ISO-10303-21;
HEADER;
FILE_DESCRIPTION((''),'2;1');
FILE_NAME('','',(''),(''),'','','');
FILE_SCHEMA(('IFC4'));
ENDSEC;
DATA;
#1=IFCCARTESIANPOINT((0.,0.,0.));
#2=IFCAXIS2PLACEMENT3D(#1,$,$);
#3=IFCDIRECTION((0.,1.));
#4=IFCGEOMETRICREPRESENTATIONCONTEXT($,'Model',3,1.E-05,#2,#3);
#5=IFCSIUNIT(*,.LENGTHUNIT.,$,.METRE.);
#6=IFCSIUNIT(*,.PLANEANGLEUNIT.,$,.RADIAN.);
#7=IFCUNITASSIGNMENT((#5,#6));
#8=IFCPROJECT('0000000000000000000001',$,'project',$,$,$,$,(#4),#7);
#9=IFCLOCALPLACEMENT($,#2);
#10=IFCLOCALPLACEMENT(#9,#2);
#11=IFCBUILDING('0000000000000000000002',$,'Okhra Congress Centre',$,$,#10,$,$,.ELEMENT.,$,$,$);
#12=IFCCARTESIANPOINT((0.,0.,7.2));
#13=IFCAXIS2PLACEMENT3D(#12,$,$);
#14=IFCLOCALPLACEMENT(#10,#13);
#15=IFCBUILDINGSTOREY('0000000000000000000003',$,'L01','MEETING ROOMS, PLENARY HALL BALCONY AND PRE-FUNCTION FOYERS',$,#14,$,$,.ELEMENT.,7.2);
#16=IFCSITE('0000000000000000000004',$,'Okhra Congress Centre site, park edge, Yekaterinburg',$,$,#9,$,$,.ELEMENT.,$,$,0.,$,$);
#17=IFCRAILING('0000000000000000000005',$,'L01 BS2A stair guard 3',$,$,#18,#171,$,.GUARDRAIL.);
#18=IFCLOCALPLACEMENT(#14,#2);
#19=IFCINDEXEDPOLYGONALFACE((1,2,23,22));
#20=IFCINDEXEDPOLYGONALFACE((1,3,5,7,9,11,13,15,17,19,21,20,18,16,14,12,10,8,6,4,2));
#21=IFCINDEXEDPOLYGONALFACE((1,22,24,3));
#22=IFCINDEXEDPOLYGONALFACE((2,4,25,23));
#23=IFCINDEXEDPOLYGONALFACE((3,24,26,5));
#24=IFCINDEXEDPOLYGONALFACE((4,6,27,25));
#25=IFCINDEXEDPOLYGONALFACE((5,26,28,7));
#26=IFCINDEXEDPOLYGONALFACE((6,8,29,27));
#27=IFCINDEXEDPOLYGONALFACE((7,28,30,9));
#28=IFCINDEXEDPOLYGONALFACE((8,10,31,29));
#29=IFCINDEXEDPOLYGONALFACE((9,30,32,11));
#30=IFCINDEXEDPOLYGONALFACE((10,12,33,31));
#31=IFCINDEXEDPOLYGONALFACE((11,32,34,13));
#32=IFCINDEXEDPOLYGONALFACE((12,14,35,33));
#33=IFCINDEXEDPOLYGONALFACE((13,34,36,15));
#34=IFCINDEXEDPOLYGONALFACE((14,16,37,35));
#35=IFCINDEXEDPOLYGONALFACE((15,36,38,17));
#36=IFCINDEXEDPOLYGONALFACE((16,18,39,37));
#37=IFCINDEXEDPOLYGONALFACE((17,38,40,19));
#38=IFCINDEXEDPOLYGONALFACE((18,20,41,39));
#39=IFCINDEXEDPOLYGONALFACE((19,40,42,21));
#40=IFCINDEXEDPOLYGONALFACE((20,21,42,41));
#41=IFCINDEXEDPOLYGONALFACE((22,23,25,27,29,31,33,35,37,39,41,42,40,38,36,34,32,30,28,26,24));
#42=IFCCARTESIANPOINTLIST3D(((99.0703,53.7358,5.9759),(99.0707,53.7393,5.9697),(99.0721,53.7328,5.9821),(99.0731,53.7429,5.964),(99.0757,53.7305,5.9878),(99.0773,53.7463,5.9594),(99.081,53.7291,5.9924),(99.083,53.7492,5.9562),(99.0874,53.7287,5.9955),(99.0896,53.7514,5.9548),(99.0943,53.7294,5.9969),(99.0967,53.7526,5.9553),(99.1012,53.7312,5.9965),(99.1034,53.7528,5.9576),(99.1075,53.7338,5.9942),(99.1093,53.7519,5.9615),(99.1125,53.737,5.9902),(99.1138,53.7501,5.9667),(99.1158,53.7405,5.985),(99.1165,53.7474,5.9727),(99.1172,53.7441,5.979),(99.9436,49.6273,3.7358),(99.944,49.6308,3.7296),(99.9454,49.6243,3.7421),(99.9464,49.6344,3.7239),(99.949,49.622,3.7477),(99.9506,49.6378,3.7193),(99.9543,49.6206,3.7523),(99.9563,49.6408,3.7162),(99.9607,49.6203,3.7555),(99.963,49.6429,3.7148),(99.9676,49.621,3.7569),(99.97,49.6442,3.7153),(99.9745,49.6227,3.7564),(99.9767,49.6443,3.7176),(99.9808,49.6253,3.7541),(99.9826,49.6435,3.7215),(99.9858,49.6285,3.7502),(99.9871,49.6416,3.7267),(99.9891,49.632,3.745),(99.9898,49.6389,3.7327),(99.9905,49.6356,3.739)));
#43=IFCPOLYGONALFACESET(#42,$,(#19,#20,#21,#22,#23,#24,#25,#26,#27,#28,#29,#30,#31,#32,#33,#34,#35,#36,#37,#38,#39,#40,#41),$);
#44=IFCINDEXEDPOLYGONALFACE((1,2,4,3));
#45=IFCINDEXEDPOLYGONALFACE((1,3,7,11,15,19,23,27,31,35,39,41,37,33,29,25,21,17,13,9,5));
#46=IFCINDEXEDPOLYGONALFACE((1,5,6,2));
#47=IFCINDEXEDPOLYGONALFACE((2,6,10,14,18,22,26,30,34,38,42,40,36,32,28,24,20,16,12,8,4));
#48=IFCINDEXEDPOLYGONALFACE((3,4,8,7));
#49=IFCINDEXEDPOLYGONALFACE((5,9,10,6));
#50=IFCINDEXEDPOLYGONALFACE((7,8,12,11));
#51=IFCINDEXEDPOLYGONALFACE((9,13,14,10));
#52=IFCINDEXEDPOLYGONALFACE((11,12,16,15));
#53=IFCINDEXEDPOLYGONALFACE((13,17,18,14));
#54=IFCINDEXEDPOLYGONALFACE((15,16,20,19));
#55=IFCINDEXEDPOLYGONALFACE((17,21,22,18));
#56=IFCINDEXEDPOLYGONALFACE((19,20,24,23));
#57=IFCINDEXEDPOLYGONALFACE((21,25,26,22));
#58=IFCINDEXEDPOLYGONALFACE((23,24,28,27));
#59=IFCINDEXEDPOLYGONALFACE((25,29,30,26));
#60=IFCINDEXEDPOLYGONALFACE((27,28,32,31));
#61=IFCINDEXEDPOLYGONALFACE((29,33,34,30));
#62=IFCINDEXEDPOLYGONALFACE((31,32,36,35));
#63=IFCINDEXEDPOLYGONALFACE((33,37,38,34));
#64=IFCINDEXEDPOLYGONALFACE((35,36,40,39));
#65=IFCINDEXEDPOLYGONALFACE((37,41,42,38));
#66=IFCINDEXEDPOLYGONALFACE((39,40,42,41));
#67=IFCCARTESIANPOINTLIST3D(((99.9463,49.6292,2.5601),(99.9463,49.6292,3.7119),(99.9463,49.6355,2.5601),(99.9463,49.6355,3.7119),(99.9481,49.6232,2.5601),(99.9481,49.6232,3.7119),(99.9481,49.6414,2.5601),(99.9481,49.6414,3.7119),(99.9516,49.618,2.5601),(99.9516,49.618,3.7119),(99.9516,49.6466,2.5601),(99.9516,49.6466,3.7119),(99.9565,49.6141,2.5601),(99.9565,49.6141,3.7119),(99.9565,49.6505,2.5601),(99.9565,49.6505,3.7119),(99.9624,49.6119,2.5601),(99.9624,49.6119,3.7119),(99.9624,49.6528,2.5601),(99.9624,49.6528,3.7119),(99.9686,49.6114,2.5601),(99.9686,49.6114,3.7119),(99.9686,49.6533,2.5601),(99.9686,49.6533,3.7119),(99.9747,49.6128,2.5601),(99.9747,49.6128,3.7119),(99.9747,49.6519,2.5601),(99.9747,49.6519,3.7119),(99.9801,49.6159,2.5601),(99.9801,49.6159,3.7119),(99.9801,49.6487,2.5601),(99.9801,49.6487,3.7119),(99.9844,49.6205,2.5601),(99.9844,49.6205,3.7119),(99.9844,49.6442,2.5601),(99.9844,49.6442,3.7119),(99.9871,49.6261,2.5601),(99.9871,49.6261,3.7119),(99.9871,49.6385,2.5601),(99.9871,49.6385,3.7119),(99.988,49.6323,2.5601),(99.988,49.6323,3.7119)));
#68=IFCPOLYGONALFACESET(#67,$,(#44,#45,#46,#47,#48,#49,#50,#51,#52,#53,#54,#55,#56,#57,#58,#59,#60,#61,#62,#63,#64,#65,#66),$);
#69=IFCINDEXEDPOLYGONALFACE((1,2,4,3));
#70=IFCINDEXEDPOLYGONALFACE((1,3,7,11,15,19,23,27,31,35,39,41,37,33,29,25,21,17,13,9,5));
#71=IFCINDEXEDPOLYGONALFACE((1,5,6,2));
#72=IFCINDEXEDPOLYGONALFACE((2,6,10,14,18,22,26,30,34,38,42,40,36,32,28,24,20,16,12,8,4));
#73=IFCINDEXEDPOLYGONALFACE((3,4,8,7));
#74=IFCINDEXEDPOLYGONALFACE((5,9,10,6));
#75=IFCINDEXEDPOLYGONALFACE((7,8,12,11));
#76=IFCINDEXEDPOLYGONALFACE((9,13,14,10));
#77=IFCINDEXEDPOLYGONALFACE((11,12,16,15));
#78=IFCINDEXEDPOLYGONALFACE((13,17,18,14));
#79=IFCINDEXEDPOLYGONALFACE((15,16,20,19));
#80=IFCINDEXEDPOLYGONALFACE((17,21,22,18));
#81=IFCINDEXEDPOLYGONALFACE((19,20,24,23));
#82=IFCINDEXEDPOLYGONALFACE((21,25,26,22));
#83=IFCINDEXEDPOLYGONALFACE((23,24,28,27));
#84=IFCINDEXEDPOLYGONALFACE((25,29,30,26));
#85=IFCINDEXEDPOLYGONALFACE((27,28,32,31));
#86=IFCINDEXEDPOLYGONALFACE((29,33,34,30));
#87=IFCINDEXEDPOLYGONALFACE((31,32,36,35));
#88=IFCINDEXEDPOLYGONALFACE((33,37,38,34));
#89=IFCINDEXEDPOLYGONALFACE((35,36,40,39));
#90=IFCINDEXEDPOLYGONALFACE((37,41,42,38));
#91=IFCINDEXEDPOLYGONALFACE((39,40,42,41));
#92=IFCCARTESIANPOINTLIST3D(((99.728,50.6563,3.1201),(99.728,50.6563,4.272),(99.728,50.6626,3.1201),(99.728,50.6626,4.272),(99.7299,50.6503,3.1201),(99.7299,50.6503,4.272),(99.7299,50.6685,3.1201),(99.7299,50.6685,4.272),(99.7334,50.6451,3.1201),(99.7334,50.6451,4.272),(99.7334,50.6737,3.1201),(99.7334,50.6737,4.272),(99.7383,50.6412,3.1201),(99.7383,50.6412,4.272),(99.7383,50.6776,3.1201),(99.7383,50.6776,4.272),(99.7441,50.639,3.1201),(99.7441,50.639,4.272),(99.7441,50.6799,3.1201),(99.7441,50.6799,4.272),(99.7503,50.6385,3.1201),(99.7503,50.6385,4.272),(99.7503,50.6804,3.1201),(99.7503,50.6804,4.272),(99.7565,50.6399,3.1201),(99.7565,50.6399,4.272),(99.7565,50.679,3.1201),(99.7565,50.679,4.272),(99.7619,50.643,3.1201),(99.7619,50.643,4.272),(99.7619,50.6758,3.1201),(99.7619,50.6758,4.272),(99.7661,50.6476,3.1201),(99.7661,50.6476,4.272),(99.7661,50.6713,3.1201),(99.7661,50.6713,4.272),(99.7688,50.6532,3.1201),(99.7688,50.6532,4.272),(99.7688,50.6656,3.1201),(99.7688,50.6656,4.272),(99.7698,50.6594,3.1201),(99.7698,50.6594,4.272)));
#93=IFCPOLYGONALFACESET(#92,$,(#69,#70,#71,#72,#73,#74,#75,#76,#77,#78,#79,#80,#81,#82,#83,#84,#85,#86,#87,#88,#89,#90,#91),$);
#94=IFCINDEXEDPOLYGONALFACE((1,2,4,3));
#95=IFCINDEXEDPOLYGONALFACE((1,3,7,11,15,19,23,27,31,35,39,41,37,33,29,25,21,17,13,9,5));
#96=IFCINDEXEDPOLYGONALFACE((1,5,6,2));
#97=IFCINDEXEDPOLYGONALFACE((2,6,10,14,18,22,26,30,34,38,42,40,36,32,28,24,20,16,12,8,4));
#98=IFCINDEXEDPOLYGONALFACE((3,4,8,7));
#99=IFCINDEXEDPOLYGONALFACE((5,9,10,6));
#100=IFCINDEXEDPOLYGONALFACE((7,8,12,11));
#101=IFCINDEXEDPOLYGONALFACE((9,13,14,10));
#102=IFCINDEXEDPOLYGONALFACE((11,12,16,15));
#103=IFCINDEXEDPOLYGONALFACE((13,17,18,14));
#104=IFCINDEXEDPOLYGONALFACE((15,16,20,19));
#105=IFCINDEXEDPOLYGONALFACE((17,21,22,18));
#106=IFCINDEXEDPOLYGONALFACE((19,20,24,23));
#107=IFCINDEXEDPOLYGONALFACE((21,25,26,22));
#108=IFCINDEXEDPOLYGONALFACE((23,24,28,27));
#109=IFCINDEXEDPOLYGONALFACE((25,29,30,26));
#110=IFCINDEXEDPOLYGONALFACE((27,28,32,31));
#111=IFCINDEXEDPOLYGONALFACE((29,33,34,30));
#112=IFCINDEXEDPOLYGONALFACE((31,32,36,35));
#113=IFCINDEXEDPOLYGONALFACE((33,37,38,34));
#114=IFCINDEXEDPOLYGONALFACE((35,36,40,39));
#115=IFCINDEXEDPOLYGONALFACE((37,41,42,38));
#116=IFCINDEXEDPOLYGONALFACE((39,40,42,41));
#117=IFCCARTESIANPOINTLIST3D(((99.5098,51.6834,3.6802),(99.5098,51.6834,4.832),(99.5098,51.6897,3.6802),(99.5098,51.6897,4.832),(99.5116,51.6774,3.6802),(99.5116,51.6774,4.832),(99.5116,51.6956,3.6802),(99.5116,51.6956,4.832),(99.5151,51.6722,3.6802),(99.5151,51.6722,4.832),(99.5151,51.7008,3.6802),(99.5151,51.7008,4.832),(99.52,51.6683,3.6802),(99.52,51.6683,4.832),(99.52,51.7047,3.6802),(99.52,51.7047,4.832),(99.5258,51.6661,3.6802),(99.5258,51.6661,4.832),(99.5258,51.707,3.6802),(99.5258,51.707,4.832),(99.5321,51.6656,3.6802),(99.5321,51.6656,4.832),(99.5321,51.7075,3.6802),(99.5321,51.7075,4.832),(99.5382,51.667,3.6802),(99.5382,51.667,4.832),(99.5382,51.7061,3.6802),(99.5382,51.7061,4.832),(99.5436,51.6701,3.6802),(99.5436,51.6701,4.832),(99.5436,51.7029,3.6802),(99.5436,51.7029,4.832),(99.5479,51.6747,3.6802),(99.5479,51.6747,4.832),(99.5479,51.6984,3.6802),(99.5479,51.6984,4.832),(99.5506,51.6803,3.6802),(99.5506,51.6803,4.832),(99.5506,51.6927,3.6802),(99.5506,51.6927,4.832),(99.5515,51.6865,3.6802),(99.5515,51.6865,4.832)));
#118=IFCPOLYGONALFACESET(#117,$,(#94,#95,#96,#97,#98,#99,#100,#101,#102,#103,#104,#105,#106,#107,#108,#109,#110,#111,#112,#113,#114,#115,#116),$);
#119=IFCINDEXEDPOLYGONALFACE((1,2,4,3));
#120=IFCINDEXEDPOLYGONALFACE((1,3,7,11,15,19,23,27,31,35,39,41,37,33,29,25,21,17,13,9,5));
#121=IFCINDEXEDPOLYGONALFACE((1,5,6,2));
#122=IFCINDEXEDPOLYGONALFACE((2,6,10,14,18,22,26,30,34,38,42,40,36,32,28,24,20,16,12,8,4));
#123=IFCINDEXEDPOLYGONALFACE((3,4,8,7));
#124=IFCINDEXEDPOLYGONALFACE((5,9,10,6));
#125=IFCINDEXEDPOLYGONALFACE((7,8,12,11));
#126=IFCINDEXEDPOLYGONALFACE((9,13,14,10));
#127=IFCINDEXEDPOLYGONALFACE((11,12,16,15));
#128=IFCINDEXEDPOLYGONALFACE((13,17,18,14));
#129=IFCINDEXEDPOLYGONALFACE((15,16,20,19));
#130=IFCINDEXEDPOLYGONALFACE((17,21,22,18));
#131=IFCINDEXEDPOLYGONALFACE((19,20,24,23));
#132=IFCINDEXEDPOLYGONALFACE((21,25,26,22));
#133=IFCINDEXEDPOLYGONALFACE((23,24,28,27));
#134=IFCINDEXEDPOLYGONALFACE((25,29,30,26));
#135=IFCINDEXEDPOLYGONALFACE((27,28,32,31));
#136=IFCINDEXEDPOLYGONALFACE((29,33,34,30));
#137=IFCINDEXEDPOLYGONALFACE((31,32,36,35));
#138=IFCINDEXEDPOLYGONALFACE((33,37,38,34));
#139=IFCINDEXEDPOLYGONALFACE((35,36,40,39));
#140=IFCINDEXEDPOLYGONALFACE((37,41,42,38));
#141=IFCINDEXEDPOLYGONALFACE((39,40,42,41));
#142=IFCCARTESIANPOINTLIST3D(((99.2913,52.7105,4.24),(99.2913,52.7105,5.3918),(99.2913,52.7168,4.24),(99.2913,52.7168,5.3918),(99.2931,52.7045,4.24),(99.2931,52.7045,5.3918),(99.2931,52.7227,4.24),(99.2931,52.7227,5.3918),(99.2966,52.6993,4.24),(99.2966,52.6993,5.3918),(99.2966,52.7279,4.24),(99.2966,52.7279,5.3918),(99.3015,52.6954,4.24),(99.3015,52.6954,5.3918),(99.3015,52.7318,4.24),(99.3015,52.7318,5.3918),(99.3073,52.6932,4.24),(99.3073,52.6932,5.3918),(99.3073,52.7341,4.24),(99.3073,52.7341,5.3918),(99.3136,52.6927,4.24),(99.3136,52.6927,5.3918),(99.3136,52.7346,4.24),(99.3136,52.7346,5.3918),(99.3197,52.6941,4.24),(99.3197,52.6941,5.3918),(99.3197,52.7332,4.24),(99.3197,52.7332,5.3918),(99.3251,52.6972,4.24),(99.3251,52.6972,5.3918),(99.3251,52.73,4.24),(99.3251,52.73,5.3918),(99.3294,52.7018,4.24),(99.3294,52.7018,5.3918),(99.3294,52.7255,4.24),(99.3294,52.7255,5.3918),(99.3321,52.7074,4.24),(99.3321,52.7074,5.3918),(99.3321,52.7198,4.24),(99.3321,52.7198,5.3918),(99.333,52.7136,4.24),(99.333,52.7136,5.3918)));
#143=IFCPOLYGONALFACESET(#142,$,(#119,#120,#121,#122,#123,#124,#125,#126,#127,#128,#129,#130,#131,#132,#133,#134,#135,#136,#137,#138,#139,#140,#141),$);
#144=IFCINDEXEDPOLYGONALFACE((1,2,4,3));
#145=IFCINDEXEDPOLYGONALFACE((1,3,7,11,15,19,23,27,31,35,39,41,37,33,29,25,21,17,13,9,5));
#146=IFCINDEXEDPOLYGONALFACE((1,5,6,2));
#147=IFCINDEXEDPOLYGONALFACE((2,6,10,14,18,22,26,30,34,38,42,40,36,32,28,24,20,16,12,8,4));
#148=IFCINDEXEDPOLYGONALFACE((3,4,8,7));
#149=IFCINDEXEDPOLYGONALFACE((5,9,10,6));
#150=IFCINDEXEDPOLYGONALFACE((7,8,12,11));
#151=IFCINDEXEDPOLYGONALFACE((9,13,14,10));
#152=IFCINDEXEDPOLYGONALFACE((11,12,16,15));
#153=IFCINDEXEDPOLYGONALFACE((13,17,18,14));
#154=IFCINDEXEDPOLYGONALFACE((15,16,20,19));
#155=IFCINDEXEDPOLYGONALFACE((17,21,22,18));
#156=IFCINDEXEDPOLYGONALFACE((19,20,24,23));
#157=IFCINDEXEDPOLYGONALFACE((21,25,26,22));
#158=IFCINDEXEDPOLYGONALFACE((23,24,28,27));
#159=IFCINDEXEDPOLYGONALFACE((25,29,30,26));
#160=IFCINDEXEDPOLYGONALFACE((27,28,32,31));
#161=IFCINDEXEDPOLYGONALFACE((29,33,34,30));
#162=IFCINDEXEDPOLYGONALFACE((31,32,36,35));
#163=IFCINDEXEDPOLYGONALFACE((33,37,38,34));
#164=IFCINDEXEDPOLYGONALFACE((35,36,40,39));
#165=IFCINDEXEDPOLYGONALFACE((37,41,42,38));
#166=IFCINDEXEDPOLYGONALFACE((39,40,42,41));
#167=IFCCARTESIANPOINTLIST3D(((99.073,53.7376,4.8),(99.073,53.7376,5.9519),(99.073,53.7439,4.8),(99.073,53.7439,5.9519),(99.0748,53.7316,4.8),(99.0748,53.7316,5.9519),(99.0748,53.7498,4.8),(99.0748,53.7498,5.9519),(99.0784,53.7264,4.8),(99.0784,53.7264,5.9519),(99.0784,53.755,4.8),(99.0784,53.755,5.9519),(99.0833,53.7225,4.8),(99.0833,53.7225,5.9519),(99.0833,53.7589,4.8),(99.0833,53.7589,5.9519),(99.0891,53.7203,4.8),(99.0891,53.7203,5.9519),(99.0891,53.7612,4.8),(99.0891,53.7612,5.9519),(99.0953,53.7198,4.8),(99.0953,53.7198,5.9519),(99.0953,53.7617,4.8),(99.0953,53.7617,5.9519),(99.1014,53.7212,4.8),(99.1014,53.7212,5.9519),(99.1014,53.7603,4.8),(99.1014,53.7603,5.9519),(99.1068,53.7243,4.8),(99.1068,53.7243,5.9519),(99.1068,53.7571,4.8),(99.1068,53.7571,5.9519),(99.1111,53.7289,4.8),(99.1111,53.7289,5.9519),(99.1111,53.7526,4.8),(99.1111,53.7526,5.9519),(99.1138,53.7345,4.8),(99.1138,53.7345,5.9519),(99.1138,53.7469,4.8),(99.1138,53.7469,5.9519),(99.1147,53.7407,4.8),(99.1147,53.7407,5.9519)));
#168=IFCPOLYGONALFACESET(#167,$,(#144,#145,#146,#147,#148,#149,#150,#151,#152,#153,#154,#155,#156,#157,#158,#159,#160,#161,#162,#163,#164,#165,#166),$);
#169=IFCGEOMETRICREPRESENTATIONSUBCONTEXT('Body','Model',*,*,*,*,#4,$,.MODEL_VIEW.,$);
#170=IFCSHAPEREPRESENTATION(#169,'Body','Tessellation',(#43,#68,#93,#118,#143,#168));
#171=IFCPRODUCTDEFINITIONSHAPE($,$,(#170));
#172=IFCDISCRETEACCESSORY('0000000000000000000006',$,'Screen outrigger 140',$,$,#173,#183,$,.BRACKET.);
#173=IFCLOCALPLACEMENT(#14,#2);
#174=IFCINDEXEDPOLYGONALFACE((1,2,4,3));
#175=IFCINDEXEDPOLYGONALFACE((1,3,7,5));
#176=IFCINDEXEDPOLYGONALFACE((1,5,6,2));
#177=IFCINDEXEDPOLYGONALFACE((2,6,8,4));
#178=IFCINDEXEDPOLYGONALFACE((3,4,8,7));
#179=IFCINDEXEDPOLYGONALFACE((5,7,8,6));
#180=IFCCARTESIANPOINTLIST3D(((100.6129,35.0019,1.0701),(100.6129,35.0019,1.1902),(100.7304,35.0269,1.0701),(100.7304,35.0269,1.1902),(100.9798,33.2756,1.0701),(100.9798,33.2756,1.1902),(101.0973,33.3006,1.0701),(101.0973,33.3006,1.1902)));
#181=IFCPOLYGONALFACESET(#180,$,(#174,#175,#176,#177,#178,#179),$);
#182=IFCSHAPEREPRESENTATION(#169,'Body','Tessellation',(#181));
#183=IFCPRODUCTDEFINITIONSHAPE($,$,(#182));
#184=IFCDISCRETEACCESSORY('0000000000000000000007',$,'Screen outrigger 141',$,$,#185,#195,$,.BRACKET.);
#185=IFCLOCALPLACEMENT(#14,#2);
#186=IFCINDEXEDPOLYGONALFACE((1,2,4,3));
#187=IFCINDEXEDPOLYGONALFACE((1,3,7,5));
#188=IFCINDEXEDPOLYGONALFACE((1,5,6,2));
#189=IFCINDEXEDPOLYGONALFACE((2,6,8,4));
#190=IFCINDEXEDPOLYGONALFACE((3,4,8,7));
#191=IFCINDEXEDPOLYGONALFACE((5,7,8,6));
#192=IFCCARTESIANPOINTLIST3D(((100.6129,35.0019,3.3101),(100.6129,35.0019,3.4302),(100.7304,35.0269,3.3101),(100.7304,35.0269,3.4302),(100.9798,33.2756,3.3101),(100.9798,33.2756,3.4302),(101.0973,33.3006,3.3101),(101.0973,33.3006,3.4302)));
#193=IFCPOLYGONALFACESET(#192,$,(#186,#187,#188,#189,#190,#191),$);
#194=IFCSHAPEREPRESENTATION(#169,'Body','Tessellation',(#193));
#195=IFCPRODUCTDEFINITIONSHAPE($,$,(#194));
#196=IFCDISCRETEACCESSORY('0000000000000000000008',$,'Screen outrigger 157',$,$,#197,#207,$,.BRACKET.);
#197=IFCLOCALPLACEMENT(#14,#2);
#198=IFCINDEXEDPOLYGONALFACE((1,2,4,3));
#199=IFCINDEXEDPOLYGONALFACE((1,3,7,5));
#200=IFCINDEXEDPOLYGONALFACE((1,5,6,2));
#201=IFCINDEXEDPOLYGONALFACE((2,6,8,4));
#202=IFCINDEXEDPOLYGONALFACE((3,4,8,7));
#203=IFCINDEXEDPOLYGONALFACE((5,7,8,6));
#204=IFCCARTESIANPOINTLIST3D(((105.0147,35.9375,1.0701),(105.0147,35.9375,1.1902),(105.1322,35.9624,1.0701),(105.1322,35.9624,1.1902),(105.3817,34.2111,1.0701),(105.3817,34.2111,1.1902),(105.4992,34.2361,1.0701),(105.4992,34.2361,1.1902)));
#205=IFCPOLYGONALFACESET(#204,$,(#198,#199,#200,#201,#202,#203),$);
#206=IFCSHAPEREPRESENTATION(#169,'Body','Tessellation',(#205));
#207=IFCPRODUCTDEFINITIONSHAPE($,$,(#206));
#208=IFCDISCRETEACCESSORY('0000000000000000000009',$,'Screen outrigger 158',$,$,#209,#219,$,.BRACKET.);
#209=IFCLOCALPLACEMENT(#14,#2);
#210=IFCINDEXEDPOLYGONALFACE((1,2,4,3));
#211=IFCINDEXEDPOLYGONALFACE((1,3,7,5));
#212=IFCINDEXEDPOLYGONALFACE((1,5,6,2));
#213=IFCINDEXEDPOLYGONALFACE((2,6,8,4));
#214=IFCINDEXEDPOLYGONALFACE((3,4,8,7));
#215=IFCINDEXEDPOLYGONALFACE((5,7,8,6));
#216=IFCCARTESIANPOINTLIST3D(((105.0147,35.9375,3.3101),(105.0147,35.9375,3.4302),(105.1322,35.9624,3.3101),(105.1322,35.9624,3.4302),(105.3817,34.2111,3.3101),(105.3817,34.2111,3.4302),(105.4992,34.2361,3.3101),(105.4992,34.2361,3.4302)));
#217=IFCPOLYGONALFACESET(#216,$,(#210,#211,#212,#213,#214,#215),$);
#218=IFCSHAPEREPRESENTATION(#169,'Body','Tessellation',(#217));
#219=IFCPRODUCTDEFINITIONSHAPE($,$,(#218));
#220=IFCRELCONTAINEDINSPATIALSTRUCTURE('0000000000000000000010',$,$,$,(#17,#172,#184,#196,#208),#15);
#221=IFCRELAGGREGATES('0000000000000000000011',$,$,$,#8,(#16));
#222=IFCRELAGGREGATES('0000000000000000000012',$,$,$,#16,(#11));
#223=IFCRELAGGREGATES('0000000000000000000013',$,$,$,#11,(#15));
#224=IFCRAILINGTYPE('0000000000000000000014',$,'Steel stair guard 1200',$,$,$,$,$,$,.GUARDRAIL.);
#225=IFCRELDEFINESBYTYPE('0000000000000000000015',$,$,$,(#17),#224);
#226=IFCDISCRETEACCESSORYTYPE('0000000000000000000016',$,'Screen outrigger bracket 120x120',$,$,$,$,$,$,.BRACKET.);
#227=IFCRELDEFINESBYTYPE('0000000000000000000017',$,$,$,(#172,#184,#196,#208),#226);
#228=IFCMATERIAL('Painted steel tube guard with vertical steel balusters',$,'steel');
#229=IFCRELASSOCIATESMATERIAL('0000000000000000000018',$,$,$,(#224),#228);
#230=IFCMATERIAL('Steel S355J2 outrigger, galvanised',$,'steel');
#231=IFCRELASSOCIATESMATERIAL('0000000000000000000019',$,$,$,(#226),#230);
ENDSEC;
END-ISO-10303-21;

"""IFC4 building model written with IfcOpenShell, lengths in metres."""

from ifc_helpers import new_model, si_unit, direction, frame, origin, origin_2d, place, context, subcontext, project, spatial, rectangle, circle, extrude, material, material_profile, profile_set, type_object, element, save


model = new_model("IFC4")

# Units and contexts
model_context = context("Model", 3, precision=1e-05, world=origin(), true_north=direction((0.0, 1.0)))
body_context = subcontext(model_context, "Body", "Model", "MODEL_VIEW")
ifc_project = project(units=[si_unit("LENGTHUNIT", "METRE"), si_unit("PLANEANGLEUNIT", "RADIAN")], contexts=[model_context])

# Site, building, storey
site_placement = place(None, origin())
site = spatial("IfcSite", under=ifc_project, at=site_placement, Name="Okhra Congress Centre site, park edge, Yekaterinburg", CompositionType="ELEMENT", RefElevation=0.0)
building_placement = place(site_placement, origin())
building = spatial("IfcBuilding", under=site, at=building_placement, Name="Okhra Congress Centre", CompositionType="ELEMENT")
storey_placement = place(building_placement, frame((0.0, 0.0, 7.2)))
storey = spatial("IfcBuildingStorey", under=building, at=storey_placement, Name="L01", Description="MEETING ROOMS, PLENARY HALL BALCONY AND PRE-FUNCTION FOYERS", CompositionType="ELEMENT", Elevation=7.2)

# Railing
ifc_material_1 = material(Name="Painted steel tube guard with vertical steel balusters", Category="steel")
railing_type_1 = type_object("IfcRailingType", Name="Steel stair guard 1200", PredefinedType="GUARDRAIL", material=ifc_material_1)
railing_1_placement = place(storey_placement, frame((99.967, 49.6323, 2.5601)))
element("IfcRailing", 1, at=railing_1_placement, inside=storey, type_object=railing_type_1, Name="L01 BS2A stair guard 3", PredefinedType="GUARDRAIL", context=body_context, shape_type="SweptSolid", body=[
    extrude(circle(Radius=0.0239, at=origin_2d()), frame((0.0, 0.0, 1.1758), z_axis=(-0.183458, 0.86308, 0.47057), x_axis=(-0.978146, -0.207917, 0.0)), (0.0, 0.0, 1.0), 4.7603),
    extrude(circle(Radius=0.021, at=origin_2d()), origin(), (0.0, 0.0, 1.0), 1.1519),
    extrude(circle(Radius=0.021, at=origin_2d()), frame((-0.2183, 1.0271, 0.5601)), (0.0, 0.0, 1.0), 1.1519),
    extrude(circle(Radius=0.021, at=origin_2d()), frame((-0.4365, 2.0542, 1.1201)), (0.0, 0.0, 1.0), 1.1519),
    extrude(circle(Radius=0.021, at=origin_2d()), frame((-0.655, 3.0813, 1.6799)), (0.0, 0.0, 1.0), 1.1519),
    extrude(circle(Radius=0.021, at=origin_2d()), frame((-0.8733, 4.1084, 2.24)), (0.0, 0.0, 1.0), 1.1519),
])

# Discrete accessories
ifc_material_2 = material(Name="Steel S355J2 outrigger, galvanised", Category="steel")
ifc_material_profile_1 = material_profile(ifc_material_2, rectangle(XDim=0.1201, YDim=0.1201, at=origin_2d()), Name="Screen outrigger bracket 120x120")
ifc_profile_set_1 = profile_set([ifc_material_profile_1], Name="Steel S355J2 outrigger, galvanised")
discrete_accessory_type = type_object("IfcDiscreteAccessoryType", Name="Screen outrigger bracket 120x120", PredefinedType="BRACKET", material=ifc_profile_set_1)
for number, where, z_axis, x_axis, name in (
    (2, (100.6716, 35.0144, 1.1301), (0.207913, -0.978147, 0.0), (0.978147, 0.207913, 0.0), "Screen outrigger 140"),
    (3, (100.6716, 35.0144, 3.3701), (0.207913, -0.978147, 0.0), (0.978147, 0.207913, 0.0), "Screen outrigger 141"),
    (4, (105.0735, 35.95, 1.1301), (0.207913, -0.978147, 0.0), (0.978147, 0.207913, 0.0), "Screen outrigger 157"),
    (5, (105.0735, 35.95, 3.3701), (0.207913, -0.978147, 0.0), (0.978147, 0.207913, 0.0), "Screen outrigger 158"),
):
    element("IfcDiscreteAccessory", number, at=place(storey_placement, frame(where, z_axis=z_axis, x_axis=x_axis)), inside=storey, type_object=discrete_accessory_type, Name=name, PredefinedType="BRACKET", context=body_context, shape_type="SweptSolid", body=[
        extrude(rectangle(XDim=0.1201, YDim=0.1201, at=origin_2d()), origin(), (0.0, 0.0, 1.0), 1.7649),
    ])

save(model, "model.ifc")
